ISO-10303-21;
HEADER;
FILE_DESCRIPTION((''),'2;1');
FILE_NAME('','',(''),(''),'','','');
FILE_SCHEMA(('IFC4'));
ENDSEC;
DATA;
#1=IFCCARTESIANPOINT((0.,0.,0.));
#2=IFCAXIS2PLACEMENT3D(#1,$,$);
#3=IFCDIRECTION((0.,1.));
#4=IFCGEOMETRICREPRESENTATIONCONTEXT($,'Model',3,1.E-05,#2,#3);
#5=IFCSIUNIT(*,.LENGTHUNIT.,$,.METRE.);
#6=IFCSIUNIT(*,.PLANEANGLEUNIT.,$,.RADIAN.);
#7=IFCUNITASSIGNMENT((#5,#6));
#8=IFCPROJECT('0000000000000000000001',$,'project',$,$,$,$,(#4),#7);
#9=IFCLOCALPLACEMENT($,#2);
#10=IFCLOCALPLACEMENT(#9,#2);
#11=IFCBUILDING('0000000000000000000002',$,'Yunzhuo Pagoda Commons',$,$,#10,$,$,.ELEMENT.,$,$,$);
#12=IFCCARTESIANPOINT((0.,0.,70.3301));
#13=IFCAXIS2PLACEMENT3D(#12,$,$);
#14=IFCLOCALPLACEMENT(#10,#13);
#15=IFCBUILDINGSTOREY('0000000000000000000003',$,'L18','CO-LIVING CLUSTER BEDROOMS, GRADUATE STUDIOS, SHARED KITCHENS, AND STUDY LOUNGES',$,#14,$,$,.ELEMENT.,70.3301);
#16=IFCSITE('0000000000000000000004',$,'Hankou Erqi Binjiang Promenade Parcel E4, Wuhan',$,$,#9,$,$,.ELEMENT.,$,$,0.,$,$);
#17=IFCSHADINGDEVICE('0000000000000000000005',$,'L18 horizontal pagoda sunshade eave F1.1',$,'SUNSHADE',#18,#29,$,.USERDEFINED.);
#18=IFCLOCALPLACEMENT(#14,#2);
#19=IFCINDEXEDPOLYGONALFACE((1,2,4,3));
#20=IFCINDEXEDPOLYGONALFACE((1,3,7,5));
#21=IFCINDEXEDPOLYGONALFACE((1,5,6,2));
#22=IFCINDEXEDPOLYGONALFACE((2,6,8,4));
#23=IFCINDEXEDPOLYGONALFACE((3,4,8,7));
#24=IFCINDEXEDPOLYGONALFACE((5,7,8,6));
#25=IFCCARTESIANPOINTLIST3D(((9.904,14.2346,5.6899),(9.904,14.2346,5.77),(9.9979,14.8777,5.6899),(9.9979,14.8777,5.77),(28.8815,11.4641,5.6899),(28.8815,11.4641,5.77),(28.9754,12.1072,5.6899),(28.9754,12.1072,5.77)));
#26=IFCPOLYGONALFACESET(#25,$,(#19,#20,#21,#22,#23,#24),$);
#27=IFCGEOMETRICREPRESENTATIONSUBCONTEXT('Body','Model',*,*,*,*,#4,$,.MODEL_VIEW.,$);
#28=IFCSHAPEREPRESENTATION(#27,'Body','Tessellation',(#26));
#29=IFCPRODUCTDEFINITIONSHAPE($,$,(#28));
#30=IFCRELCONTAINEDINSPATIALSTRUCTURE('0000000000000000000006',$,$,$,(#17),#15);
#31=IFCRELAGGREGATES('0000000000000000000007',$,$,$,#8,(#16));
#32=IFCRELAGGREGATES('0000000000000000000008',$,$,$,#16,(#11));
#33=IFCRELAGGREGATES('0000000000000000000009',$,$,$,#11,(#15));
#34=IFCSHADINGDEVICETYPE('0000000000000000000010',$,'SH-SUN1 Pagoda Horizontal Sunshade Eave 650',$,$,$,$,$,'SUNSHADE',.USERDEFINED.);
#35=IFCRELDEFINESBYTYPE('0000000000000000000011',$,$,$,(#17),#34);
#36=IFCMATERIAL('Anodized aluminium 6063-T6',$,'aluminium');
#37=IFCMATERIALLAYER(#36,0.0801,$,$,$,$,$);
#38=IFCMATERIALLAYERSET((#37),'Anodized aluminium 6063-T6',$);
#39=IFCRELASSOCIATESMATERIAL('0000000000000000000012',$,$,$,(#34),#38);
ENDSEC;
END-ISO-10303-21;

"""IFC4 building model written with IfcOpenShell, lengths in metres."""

from ifc_helpers import new_model, si_unit, direction, frame, origin, origin_2d, place, context, subcontext, project, spatial, rectangle, extrude, source, transform, mapped, material, layer, layer_set, type_object, element, save


model = new_model("IFC4")

# Units and contexts
model_context = context("Model", 3, precision=1e-05, world=origin(), true_north=direction((0.0, 1.0)))
body_context = subcontext(model_context, "Body", "Model", "MODEL_VIEW")
ifc_project = project(units=[si_unit("LENGTHUNIT", "METRE"), si_unit("PLANEANGLEUNIT", "RADIAN")], contexts=[model_context])

# Site, building, storey
site_placement = place(None, origin())
site = spatial("IfcSite", under=ifc_project, at=site_placement, Name="Hankou Erqi Binjiang Promenade Parcel E4, Wuhan", CompositionType="ELEMENT", RefElevation=0.0)
building_placement = place(site_placement, origin())
building = spatial("IfcBuilding", under=site, at=building_placement, Name="Yunzhuo Pagoda Commons", CompositionType="ELEMENT")
storey_placement = place(building_placement, frame((0.0, 0.0, 70.3301)))
storey = spatial("IfcBuildingStorey", under=building, at=storey_placement, Name="L18", Description="CO-LIVING CLUSTER BEDROOMS, GRADUATE STUDIOS, SHARED KITCHENS, AND STUDY LOUNGES", CompositionType="ELEMENT", Elevation=70.3301)

# Shared definitions
ifc_material_1 = material(Name="Anodized aluminium 6063-T6", Category="aluminium")

# Shading device
ifc_layer_1 = layer(ifc_material_1, 0.0801)
ifc_layer_set_1 = layer_set([ifc_layer_1], Name="Anodized aluminium 6063-T6")
shading_device_type = type_object("IfcShadingDeviceType", Name="SH-SUN1 Pagoda Horizontal Sunshade Eave 650", ElementType="SUNSHADE", PredefinedType="USERDEFINED", material=ifc_layer_set_1)
shared_shape_1 = source(origin(), body_context, "Body", "SweptSolid", [
    extrude(rectangle(XDim=19.1787, YDim=0.6499, at=origin_2d()), origin(), (0.0, 0.0, 1.0), 0.0801),
])
shading_device_placement = place(storey_placement, frame((19.4397, 13.1709, 5.6899), z_axis=(0.0, 0.0, 1.0), x_axis=(0.989511, -0.14446, 0.0)))
element("IfcShadingDevice", 1, at=shading_device_placement, inside=storey, type_object=shading_device_type, Name="L18 horizontal pagoda sunshade eave F1.1", ObjectType="SUNSHADE", PredefinedType="USERDEFINED", context=body_context, shape_type="MappedRepresentation", body=[
    mapped(shared_shape_1, transform((0.0, 0.0, 0.0), scale=1.0)),
])

save(model, "model.ifc")
